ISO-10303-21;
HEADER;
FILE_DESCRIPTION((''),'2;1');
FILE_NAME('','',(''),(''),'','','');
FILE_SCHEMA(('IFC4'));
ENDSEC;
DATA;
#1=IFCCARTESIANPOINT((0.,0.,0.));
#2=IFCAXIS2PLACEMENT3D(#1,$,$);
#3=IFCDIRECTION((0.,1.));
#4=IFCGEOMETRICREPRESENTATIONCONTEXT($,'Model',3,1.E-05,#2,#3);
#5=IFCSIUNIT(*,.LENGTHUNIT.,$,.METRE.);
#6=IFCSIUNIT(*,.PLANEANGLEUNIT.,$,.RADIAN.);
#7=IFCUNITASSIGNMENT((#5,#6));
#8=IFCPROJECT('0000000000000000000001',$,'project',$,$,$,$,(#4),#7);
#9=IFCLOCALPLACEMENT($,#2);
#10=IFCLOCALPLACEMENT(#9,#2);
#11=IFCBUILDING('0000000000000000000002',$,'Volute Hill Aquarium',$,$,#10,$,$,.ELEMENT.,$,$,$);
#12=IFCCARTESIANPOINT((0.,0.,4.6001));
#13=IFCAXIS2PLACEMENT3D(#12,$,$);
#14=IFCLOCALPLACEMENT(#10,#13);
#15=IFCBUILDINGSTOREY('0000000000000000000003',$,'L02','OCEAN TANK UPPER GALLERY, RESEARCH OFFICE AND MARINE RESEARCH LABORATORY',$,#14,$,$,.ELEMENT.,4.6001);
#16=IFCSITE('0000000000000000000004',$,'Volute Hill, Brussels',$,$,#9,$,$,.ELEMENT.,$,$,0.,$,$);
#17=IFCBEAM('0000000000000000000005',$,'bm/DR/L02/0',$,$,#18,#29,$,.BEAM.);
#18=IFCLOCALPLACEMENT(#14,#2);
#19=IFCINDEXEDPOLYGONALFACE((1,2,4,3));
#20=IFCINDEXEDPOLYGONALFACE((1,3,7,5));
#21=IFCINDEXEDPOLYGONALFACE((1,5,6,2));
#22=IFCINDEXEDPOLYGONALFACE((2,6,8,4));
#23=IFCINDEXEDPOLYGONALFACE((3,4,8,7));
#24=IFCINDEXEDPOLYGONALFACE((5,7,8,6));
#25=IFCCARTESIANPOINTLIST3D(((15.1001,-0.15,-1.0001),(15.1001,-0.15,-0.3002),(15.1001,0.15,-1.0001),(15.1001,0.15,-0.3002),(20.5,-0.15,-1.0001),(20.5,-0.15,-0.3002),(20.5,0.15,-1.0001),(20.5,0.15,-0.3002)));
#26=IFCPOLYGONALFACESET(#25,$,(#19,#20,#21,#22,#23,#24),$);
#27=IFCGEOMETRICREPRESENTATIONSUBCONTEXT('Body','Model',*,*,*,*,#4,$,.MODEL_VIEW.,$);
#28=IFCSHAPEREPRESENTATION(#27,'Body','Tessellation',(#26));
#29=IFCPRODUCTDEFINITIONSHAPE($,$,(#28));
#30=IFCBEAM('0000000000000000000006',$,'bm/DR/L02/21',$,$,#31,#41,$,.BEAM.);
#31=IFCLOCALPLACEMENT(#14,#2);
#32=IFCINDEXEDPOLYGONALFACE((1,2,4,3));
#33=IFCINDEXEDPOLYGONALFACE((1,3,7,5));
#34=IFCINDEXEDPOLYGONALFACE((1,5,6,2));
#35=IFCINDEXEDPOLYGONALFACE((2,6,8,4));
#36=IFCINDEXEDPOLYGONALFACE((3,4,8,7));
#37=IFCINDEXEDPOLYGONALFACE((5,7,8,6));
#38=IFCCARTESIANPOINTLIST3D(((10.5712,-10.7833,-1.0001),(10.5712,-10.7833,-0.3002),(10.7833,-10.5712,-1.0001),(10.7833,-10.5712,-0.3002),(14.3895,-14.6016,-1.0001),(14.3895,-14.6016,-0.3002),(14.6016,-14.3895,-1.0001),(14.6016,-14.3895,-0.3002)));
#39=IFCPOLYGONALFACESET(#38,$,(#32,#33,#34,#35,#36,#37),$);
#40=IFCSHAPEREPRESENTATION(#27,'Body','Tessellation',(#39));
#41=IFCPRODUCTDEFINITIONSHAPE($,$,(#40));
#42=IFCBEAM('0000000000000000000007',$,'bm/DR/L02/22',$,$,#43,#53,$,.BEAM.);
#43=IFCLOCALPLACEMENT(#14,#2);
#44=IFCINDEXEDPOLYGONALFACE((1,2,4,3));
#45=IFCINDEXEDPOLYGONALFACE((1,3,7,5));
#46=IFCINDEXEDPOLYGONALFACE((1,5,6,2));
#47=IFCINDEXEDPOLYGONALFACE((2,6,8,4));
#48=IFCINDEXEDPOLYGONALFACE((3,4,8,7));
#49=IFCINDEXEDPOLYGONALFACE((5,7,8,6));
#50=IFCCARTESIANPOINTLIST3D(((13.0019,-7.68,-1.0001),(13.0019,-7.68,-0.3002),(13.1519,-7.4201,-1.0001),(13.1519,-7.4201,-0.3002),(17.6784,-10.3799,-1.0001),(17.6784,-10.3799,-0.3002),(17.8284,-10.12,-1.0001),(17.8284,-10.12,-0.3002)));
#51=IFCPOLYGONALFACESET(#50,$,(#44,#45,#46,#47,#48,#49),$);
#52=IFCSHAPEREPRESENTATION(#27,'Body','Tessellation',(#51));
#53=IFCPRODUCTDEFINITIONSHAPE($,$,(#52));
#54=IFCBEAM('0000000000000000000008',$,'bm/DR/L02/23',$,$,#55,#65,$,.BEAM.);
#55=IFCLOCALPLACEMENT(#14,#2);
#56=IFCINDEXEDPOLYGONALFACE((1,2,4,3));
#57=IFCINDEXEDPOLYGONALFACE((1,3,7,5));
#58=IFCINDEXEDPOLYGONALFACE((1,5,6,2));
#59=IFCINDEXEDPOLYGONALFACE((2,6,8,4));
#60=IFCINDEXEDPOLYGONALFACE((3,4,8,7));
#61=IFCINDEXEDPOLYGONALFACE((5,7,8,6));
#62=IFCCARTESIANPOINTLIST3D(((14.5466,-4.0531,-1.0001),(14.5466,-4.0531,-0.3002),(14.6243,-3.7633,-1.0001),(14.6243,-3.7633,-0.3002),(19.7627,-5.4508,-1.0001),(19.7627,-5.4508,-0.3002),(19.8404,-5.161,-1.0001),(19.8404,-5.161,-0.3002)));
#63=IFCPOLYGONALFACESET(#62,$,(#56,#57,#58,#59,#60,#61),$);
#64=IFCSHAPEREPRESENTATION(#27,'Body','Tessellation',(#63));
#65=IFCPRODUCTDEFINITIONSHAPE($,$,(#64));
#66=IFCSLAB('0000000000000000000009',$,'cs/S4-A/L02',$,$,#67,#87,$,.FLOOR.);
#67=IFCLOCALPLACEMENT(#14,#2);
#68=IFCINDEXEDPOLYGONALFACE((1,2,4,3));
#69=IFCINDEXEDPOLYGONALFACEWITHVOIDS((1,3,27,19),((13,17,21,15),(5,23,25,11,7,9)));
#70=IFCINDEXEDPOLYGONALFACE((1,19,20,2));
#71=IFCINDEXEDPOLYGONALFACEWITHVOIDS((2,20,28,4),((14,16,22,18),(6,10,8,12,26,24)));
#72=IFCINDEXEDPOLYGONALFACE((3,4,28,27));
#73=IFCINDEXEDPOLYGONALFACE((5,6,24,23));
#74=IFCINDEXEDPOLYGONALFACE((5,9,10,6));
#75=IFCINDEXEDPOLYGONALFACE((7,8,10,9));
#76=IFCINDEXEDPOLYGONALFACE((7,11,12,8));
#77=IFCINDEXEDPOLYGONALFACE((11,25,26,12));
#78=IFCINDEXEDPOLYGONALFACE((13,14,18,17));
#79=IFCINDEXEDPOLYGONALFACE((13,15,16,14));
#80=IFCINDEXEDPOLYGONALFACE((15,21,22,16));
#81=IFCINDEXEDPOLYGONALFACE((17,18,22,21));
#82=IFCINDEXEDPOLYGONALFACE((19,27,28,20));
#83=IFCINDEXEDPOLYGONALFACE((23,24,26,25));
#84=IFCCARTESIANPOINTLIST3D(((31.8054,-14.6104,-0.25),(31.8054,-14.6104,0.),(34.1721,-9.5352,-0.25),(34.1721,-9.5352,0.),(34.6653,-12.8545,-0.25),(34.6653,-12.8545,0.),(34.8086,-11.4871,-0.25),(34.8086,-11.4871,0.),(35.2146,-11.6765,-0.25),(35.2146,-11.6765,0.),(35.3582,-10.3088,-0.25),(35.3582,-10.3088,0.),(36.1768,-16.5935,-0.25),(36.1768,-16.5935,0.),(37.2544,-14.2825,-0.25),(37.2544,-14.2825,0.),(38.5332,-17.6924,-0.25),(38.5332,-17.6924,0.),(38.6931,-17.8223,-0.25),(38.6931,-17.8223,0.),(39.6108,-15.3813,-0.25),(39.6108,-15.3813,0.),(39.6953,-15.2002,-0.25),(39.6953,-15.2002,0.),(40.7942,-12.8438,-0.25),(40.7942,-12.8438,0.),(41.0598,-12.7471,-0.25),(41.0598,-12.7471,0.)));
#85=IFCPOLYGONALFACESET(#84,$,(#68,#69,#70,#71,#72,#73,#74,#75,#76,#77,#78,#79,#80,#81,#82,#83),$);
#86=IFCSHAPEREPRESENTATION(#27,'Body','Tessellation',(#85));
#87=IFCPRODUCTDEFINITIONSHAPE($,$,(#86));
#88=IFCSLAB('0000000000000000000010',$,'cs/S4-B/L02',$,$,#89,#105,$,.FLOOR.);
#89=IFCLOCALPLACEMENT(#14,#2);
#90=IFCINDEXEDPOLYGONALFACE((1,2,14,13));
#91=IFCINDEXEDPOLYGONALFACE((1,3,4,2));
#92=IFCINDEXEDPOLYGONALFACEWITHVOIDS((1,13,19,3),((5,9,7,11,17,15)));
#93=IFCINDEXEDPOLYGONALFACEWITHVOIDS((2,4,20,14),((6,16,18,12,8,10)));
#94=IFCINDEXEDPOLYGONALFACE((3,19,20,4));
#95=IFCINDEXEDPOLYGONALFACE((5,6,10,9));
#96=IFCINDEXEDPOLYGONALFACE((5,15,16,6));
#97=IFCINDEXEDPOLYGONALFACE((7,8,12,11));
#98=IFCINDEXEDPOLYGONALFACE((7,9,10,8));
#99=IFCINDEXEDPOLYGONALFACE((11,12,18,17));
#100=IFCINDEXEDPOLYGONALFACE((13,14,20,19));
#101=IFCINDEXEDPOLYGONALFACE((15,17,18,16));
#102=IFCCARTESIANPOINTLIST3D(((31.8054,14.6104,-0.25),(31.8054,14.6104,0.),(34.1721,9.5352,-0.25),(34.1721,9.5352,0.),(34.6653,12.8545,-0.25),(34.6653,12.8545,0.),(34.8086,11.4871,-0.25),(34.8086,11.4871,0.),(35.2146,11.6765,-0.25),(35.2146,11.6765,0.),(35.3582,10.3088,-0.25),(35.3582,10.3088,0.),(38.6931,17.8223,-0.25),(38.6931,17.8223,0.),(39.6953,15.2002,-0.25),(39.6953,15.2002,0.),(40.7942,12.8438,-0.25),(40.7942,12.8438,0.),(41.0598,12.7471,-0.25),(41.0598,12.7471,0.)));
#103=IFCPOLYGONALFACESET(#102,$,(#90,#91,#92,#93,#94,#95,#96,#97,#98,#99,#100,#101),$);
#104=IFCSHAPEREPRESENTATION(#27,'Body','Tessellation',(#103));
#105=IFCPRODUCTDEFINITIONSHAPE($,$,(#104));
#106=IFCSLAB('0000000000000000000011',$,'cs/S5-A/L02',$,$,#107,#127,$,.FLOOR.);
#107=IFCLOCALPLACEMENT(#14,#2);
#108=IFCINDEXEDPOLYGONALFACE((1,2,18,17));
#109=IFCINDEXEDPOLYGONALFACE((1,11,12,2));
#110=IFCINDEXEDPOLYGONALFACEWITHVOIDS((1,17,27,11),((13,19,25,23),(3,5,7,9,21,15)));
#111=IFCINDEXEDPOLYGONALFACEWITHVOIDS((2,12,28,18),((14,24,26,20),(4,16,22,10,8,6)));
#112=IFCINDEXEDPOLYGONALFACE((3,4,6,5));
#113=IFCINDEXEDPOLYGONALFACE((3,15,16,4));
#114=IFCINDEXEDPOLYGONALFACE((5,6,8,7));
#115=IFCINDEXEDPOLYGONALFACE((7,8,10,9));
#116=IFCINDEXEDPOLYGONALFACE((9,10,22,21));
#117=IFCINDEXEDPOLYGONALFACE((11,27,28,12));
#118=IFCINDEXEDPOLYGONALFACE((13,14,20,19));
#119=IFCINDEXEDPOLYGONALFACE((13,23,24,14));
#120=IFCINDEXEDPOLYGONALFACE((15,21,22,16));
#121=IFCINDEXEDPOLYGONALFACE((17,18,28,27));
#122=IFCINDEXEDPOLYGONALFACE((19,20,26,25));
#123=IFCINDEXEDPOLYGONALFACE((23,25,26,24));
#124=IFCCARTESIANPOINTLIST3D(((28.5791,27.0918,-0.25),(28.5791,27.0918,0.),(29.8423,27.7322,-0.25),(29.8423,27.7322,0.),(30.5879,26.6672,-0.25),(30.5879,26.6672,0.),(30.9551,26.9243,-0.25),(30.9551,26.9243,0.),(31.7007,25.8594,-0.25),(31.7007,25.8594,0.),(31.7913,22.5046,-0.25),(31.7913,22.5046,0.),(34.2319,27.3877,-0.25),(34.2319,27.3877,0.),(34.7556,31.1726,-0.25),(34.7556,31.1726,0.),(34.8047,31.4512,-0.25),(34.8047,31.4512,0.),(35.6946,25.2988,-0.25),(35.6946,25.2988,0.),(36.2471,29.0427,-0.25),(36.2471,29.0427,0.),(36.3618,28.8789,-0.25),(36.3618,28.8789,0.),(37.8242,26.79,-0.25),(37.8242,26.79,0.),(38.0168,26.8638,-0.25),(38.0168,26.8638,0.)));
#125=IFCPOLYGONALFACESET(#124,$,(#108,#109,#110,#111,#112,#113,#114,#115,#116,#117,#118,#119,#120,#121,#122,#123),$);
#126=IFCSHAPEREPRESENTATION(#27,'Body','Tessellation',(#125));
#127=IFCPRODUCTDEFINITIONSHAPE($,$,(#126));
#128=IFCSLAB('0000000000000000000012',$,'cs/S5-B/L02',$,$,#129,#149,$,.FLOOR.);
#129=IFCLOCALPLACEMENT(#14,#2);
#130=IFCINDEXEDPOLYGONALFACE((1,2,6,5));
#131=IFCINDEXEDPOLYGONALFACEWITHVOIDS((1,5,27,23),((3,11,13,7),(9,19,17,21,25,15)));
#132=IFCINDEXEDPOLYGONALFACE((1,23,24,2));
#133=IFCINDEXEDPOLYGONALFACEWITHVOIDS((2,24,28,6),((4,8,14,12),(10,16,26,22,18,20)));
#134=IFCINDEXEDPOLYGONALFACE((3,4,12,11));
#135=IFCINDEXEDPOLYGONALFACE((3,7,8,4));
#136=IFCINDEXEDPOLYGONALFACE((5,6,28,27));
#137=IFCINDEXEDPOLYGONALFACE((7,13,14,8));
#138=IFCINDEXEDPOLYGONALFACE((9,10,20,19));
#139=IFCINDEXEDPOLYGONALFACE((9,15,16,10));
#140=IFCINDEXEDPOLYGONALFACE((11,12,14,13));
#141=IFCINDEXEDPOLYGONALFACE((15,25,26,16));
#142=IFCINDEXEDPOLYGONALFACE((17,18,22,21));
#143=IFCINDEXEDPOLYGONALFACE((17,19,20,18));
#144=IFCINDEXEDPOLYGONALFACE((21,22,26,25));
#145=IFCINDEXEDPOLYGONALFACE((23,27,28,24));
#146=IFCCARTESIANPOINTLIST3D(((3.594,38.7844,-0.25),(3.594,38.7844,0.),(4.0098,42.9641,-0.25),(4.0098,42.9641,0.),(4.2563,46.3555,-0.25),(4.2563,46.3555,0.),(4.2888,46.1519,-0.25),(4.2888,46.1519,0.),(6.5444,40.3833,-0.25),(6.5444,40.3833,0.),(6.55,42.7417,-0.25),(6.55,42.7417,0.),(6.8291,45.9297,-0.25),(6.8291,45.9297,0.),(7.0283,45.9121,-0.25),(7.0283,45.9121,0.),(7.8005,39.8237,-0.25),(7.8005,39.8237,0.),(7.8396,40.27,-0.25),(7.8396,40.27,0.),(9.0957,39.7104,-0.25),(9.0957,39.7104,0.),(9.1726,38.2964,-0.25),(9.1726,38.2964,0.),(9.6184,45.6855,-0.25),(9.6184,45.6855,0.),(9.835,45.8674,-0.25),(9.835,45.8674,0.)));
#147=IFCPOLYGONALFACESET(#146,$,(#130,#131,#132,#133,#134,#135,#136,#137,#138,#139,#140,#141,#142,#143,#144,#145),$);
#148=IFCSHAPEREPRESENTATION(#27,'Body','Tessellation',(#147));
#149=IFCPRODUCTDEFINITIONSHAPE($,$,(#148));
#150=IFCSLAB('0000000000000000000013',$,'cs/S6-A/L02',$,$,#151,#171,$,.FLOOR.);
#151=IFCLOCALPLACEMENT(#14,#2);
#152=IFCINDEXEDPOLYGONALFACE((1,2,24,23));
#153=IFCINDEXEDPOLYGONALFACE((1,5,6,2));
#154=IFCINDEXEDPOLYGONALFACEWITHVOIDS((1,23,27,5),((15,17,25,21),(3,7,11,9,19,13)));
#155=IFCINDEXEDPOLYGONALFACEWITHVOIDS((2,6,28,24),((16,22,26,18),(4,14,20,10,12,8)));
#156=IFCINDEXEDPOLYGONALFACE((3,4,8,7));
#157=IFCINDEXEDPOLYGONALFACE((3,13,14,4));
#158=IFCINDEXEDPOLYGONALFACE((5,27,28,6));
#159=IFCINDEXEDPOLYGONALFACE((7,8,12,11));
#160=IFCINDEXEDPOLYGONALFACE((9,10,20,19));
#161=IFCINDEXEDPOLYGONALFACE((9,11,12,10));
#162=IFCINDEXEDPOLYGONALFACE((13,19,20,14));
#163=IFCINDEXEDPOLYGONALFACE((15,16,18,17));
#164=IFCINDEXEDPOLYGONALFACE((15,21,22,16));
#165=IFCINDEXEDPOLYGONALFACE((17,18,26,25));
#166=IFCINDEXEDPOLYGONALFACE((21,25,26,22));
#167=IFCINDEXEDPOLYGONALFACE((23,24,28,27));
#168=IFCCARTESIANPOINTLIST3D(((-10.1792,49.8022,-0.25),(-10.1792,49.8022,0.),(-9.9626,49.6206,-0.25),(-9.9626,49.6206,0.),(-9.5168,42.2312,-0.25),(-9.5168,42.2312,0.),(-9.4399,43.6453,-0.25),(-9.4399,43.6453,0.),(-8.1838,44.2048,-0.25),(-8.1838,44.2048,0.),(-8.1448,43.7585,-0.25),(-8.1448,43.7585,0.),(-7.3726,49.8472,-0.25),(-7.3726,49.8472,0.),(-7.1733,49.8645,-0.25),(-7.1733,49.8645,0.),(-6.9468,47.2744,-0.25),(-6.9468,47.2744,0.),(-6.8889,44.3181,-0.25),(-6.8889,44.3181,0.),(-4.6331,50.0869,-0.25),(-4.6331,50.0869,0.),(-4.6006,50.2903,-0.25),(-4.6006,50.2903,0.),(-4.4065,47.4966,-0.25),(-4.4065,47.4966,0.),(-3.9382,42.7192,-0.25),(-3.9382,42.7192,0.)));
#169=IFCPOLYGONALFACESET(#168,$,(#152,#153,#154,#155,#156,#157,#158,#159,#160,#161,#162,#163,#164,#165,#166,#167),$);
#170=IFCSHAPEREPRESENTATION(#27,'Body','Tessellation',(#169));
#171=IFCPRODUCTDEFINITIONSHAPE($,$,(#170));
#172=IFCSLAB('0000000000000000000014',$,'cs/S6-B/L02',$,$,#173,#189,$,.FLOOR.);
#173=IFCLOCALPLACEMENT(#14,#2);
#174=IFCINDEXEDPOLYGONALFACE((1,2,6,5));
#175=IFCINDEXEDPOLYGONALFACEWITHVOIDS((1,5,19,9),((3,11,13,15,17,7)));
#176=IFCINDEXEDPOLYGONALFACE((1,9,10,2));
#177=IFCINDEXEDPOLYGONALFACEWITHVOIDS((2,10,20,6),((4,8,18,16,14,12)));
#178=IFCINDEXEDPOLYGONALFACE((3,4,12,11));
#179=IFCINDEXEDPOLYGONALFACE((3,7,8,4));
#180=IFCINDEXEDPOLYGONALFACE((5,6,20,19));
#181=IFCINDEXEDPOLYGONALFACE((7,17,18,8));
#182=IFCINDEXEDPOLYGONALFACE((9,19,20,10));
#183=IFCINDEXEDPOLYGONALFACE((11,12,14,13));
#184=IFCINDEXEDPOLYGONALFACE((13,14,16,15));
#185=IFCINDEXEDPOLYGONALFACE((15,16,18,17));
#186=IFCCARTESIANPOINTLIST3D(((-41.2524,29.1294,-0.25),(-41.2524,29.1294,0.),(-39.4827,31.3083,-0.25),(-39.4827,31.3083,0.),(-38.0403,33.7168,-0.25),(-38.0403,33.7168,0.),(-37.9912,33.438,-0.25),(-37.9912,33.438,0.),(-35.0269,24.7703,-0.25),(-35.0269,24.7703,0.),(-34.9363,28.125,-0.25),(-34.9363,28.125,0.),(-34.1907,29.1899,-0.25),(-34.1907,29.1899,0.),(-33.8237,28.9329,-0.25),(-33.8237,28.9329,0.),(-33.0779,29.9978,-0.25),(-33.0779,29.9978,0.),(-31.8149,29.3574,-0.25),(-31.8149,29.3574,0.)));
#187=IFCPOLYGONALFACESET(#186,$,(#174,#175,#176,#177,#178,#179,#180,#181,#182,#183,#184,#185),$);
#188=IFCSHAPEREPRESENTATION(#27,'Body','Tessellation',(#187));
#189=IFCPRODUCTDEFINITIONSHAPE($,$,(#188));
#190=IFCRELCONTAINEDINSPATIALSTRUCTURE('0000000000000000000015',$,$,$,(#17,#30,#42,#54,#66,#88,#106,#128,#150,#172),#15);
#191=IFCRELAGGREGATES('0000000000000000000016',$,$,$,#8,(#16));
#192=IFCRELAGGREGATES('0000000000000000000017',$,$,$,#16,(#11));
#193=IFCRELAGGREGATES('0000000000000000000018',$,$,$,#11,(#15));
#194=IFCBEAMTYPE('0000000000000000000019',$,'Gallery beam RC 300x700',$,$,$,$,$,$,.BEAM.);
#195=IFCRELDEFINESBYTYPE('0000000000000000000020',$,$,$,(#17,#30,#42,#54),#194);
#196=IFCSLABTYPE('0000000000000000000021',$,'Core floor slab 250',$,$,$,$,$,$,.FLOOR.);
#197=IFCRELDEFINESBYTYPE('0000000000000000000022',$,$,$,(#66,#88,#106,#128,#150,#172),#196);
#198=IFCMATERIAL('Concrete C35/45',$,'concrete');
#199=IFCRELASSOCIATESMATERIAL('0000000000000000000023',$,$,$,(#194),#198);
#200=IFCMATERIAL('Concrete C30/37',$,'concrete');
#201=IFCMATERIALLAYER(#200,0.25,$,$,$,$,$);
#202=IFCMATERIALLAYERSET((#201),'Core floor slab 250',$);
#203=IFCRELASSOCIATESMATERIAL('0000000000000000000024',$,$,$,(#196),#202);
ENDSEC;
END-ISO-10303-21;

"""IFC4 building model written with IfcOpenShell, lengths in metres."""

from ifc_helpers import new_model, si_unit, direction, frame, origin, origin_2d, place, context, subcontext, project, spatial, polyline, rectangle, outline, extrude, material, layer, layer_set, material_profile, profile_set, type_object, element, save


model = new_model("IFC4")

# Units and contexts
model_context = context("Model", 3, precision=1e-05, world=origin(), true_north=direction((0.0, 1.0)))
body_context = subcontext(model_context, "Body", "Model", "MODEL_VIEW")
ifc_project = project(units=[si_unit("LENGTHUNIT", "METRE"), si_unit("PLANEANGLEUNIT", "RADIAN")], contexts=[model_context])

# Site, building, storey
site_placement = place(None, origin())
site = spatial("IfcSite", under=ifc_project, at=site_placement, Name="Volute Hill, Brussels", CompositionType="ELEMENT", RefElevation=0.0)
building_placement = place(site_placement, origin())
building = spatial("IfcBuilding", under=site, at=building_placement, Name="Volute Hill Aquarium", CompositionType="ELEMENT")
storey_placement = place(building_placement, frame((0.0, 0.0, 4.6001)))
storey = spatial("IfcBuildingStorey", under=building, at=storey_placement, Name="L02", Description="OCEAN TANK UPPER GALLERY, RESEARCH OFFICE AND MARINE RESEARCH LABORATORY", CompositionType="ELEMENT", Elevation=4.6001)

# Beams
ifc_material_1 = material(Name="Concrete C35/45", Category="concrete")
ifc_material_profile = material_profile(ifc_material_1, rectangle(XDim=0.3, YDim=0.7, at=origin_2d()), Name="RC beam 300x700")
ifc_profile_set = profile_set([ifc_material_profile], Name="Concrete C35/45")
beam_type = type_object("IfcBeamType", Name="Gallery beam RC 300x700", PredefinedType="BEAM", material=ifc_profile_set)
for number, where, z_axis, x_axis, name in (
    (1, (15.1001, 0.0, -0.6501), (1.0, 0.0, 0.0), (0.0, 1.0, 0.0), "bm/DR/L02/0"),
    (2, (10.6772, -10.6772, -0.6501), (0.707107, -0.707107, 0.0), (0.707107, 0.707107, 0.0), "bm/DR/L02/21"),
    (3, (13.0769, -7.55, -0.6501), (0.866028, -0.499995, 0.0), (0.499995, 0.866028, 0.0), "bm/DR/L02/22"),
):
    element("IfcBeam", number, at=place(storey_placement, frame(where, z_axis=z_axis, x_axis=x_axis)), inside=storey, type_object=beam_type, Name=name, PredefinedType="BEAM", context=body_context, shape_type="SweptSolid", body=[
        extrude(rectangle(XDim=0.3, YDim=0.7, at=origin_2d()), origin(), (0.0, 0.0, 1.0), 5.3999),
    ])
beam_placement = place(storey_placement, frame((14.5854, -3.9082, -0.6501), z_axis=(0.965923, -0.25883, 0.0), x_axis=(0.25883, 0.965923, 0.0)))
element("IfcBeam", 4, at=beam_placement, inside=storey, type_object=beam_type, Name="bm/DR/L02/23", PredefinedType="BEAM", context=body_context, shape_type="SweptSolid", body=[
    extrude(rectangle(XDim=0.3, YDim=0.7, at=origin_2d()), origin(), (0.0, 0.0, 1.0), 5.4001),
])

# Slabs
ifc_material_2 = material(Name="Concrete C30/37", Category="concrete")
ifc_layer_1 = layer(ifc_material_2, 0.25)
ifc_layer_set_1 = layer_set([ifc_layer_1], Name="Core floor slab 250")
slab_type_1 = type_object("IfcSlabType", Name="Core floor slab 250", PredefinedType="FLOOR", material=ifc_layer_set_1)
slab_1_placement = place(storey_placement, frame((0.0, 0.0, -0.25)))
element("IfcSlab", 5, at=slab_1_placement, inside=storey, type_object=slab_type_1, Name="cs/S4-A/L02", PredefinedType="FLOOR", context=body_context, shape_type="SweptSolid", body=[
    extrude(outline(polyline([(31.8054, -14.6104), (38.6931, -17.8223), (41.0598, -12.7471), (34.1721, -9.5352), (31.8054, -14.6104)]), holes=[polyline([(37.2544, -14.2825), (39.6108, -15.3813), (38.5332, -17.6924), (36.1768, -16.5935), (37.2544, -14.2825)]), polyline([(35.2146, -11.6765), (34.8086, -11.4871), (35.3582, -10.3088), (40.7942, -12.8438), (39.6953, -15.2002), (34.6653, -12.8545), (35.2146, -11.6765)])]), origin(), (0.0, 0.0, 1.0), 0.25),
])
slab_2_placement = place(storey_placement, frame((0.0, 0.0, -0.25)))
element("IfcSlab", 6, at=slab_2_placement, inside=storey, type_object=slab_type_1, Name="cs/S4-B/L02", PredefinedType="FLOOR", context=body_context, shape_type="SweptSolid", body=[
    extrude(outline(polyline([(34.1721, 9.5352), (41.0598, 12.7471), (38.6931, 17.8223), (31.8054, 14.6104), (34.1721, 9.5352)]), holes=[polyline([(34.6653, 12.8545), (39.6953, 15.2002), (40.7942, 12.8438), (35.3582, 10.3088), (34.8086, 11.4871), (35.2146, 11.6765), (34.6653, 12.8545)])]), origin(), (0.0, 0.0, 1.0), 0.25),
])
slab_3_placement = place(storey_placement, frame((0.0, 0.0, -0.25)))
element("IfcSlab", 7, at=slab_3_placement, inside=storey, type_object=slab_type_1, Name="cs/S5-A/L02", PredefinedType="FLOOR", context=body_context, shape_type="SweptSolid", body=[
    extrude(outline(polyline([(31.7913, 22.5046), (38.0168, 26.8638), (34.8047, 31.4512), (28.5791, 27.0918), (31.7913, 22.5046)]), holes=[polyline([(34.2319, 27.3877), (36.3618, 28.8789), (37.8242, 26.79), (35.6946, 25.2988), (34.2319, 27.3877)]), polyline([(30.9551, 26.9243), (30.5879, 26.6672), (29.8423, 27.7322), (34.7556, 31.1726), (36.2471, 29.0427), (31.7007, 25.8594), (30.9551, 26.9243)])]), origin(), (0.0, 0.0, 1.0), 0.25),
])
slab_4_placement = place(storey_placement, frame((0.0, 0.0, -0.25)))
element("IfcSlab", 8, at=slab_4_placement, inside=storey, type_object=slab_type_1, Name="cs/S5-B/L02", PredefinedType="FLOOR", context=body_context, shape_type="SweptSolid", body=[
    extrude(outline(polyline([(9.1726, 38.2964), (9.835, 45.8674), (4.2563, 46.3555), (3.594, 38.7844), (9.1726, 38.2964)]), holes=[polyline([(4.0098, 42.9641), (4.2888, 46.1519), (6.8291, 45.9297), (6.55, 42.7417), (4.0098, 42.9641)]), polyline([(6.5444, 40.3833), (7.0283, 45.9121), (9.6184, 45.6855), (9.0957, 39.7104), (7.8005, 39.8237), (7.8396, 40.27), (6.5444, 40.3833)])]), origin(), (0.0, 0.0, 1.0), 0.25),
])
slab_5_placement = place(storey_placement, frame((0.0, 0.0, -0.25)))
element("IfcSlab", 9, at=slab_5_placement, inside=storey, type_object=slab_type_1, Name="cs/S6-A/L02", PredefinedType="FLOOR", context=body_context, shape_type="SweptSolid", body=[
    extrude(outline(polyline([(-3.9382, 42.7192), (-4.6006, 50.2903), (-10.1792, 49.8022), (-9.5168, 42.2312), (-3.9382, 42.7192)]), holes=[polyline([(-6.9468, 47.2744), (-7.1733, 49.8645), (-4.6331, 50.0869), (-4.4065, 47.4966), (-6.9468, 47.2744)]), polyline([(-8.1838, 44.2048), (-8.1448, 43.7585), (-9.4399, 43.6453), (-9.9626, 49.6206), (-7.3726, 49.8472), (-6.8889, 44.3181), (-8.1838, 44.2048)])]), origin(), (0.0, 0.0, 1.0), 0.25),
])
slab_6_placement = place(storey_placement, frame((0.0, 0.0, -0.25)))
element("IfcSlab", 10, at=slab_6_placement, inside=storey, type_object=slab_type_1, Name="cs/S6-B/L02", PredefinedType="FLOOR", context=body_context, shape_type="SweptSolid", body=[
    extrude(outline(polyline([(-31.8149, 29.3574), (-38.0403, 33.7168), (-41.2524, 29.1294), (-35.0269, 24.7703), (-31.8149, 29.3574)]), holes=[polyline([(-34.9363, 28.125), (-39.4827, 31.3083), (-37.9912, 33.438), (-33.0779, 29.9978), (-33.8237, 28.9329), (-34.1907, 29.1899), (-34.9363, 28.125)])]), origin(), (0.0, 0.0, 1.0), 0.25),
])

save(model, "model.ifc")
